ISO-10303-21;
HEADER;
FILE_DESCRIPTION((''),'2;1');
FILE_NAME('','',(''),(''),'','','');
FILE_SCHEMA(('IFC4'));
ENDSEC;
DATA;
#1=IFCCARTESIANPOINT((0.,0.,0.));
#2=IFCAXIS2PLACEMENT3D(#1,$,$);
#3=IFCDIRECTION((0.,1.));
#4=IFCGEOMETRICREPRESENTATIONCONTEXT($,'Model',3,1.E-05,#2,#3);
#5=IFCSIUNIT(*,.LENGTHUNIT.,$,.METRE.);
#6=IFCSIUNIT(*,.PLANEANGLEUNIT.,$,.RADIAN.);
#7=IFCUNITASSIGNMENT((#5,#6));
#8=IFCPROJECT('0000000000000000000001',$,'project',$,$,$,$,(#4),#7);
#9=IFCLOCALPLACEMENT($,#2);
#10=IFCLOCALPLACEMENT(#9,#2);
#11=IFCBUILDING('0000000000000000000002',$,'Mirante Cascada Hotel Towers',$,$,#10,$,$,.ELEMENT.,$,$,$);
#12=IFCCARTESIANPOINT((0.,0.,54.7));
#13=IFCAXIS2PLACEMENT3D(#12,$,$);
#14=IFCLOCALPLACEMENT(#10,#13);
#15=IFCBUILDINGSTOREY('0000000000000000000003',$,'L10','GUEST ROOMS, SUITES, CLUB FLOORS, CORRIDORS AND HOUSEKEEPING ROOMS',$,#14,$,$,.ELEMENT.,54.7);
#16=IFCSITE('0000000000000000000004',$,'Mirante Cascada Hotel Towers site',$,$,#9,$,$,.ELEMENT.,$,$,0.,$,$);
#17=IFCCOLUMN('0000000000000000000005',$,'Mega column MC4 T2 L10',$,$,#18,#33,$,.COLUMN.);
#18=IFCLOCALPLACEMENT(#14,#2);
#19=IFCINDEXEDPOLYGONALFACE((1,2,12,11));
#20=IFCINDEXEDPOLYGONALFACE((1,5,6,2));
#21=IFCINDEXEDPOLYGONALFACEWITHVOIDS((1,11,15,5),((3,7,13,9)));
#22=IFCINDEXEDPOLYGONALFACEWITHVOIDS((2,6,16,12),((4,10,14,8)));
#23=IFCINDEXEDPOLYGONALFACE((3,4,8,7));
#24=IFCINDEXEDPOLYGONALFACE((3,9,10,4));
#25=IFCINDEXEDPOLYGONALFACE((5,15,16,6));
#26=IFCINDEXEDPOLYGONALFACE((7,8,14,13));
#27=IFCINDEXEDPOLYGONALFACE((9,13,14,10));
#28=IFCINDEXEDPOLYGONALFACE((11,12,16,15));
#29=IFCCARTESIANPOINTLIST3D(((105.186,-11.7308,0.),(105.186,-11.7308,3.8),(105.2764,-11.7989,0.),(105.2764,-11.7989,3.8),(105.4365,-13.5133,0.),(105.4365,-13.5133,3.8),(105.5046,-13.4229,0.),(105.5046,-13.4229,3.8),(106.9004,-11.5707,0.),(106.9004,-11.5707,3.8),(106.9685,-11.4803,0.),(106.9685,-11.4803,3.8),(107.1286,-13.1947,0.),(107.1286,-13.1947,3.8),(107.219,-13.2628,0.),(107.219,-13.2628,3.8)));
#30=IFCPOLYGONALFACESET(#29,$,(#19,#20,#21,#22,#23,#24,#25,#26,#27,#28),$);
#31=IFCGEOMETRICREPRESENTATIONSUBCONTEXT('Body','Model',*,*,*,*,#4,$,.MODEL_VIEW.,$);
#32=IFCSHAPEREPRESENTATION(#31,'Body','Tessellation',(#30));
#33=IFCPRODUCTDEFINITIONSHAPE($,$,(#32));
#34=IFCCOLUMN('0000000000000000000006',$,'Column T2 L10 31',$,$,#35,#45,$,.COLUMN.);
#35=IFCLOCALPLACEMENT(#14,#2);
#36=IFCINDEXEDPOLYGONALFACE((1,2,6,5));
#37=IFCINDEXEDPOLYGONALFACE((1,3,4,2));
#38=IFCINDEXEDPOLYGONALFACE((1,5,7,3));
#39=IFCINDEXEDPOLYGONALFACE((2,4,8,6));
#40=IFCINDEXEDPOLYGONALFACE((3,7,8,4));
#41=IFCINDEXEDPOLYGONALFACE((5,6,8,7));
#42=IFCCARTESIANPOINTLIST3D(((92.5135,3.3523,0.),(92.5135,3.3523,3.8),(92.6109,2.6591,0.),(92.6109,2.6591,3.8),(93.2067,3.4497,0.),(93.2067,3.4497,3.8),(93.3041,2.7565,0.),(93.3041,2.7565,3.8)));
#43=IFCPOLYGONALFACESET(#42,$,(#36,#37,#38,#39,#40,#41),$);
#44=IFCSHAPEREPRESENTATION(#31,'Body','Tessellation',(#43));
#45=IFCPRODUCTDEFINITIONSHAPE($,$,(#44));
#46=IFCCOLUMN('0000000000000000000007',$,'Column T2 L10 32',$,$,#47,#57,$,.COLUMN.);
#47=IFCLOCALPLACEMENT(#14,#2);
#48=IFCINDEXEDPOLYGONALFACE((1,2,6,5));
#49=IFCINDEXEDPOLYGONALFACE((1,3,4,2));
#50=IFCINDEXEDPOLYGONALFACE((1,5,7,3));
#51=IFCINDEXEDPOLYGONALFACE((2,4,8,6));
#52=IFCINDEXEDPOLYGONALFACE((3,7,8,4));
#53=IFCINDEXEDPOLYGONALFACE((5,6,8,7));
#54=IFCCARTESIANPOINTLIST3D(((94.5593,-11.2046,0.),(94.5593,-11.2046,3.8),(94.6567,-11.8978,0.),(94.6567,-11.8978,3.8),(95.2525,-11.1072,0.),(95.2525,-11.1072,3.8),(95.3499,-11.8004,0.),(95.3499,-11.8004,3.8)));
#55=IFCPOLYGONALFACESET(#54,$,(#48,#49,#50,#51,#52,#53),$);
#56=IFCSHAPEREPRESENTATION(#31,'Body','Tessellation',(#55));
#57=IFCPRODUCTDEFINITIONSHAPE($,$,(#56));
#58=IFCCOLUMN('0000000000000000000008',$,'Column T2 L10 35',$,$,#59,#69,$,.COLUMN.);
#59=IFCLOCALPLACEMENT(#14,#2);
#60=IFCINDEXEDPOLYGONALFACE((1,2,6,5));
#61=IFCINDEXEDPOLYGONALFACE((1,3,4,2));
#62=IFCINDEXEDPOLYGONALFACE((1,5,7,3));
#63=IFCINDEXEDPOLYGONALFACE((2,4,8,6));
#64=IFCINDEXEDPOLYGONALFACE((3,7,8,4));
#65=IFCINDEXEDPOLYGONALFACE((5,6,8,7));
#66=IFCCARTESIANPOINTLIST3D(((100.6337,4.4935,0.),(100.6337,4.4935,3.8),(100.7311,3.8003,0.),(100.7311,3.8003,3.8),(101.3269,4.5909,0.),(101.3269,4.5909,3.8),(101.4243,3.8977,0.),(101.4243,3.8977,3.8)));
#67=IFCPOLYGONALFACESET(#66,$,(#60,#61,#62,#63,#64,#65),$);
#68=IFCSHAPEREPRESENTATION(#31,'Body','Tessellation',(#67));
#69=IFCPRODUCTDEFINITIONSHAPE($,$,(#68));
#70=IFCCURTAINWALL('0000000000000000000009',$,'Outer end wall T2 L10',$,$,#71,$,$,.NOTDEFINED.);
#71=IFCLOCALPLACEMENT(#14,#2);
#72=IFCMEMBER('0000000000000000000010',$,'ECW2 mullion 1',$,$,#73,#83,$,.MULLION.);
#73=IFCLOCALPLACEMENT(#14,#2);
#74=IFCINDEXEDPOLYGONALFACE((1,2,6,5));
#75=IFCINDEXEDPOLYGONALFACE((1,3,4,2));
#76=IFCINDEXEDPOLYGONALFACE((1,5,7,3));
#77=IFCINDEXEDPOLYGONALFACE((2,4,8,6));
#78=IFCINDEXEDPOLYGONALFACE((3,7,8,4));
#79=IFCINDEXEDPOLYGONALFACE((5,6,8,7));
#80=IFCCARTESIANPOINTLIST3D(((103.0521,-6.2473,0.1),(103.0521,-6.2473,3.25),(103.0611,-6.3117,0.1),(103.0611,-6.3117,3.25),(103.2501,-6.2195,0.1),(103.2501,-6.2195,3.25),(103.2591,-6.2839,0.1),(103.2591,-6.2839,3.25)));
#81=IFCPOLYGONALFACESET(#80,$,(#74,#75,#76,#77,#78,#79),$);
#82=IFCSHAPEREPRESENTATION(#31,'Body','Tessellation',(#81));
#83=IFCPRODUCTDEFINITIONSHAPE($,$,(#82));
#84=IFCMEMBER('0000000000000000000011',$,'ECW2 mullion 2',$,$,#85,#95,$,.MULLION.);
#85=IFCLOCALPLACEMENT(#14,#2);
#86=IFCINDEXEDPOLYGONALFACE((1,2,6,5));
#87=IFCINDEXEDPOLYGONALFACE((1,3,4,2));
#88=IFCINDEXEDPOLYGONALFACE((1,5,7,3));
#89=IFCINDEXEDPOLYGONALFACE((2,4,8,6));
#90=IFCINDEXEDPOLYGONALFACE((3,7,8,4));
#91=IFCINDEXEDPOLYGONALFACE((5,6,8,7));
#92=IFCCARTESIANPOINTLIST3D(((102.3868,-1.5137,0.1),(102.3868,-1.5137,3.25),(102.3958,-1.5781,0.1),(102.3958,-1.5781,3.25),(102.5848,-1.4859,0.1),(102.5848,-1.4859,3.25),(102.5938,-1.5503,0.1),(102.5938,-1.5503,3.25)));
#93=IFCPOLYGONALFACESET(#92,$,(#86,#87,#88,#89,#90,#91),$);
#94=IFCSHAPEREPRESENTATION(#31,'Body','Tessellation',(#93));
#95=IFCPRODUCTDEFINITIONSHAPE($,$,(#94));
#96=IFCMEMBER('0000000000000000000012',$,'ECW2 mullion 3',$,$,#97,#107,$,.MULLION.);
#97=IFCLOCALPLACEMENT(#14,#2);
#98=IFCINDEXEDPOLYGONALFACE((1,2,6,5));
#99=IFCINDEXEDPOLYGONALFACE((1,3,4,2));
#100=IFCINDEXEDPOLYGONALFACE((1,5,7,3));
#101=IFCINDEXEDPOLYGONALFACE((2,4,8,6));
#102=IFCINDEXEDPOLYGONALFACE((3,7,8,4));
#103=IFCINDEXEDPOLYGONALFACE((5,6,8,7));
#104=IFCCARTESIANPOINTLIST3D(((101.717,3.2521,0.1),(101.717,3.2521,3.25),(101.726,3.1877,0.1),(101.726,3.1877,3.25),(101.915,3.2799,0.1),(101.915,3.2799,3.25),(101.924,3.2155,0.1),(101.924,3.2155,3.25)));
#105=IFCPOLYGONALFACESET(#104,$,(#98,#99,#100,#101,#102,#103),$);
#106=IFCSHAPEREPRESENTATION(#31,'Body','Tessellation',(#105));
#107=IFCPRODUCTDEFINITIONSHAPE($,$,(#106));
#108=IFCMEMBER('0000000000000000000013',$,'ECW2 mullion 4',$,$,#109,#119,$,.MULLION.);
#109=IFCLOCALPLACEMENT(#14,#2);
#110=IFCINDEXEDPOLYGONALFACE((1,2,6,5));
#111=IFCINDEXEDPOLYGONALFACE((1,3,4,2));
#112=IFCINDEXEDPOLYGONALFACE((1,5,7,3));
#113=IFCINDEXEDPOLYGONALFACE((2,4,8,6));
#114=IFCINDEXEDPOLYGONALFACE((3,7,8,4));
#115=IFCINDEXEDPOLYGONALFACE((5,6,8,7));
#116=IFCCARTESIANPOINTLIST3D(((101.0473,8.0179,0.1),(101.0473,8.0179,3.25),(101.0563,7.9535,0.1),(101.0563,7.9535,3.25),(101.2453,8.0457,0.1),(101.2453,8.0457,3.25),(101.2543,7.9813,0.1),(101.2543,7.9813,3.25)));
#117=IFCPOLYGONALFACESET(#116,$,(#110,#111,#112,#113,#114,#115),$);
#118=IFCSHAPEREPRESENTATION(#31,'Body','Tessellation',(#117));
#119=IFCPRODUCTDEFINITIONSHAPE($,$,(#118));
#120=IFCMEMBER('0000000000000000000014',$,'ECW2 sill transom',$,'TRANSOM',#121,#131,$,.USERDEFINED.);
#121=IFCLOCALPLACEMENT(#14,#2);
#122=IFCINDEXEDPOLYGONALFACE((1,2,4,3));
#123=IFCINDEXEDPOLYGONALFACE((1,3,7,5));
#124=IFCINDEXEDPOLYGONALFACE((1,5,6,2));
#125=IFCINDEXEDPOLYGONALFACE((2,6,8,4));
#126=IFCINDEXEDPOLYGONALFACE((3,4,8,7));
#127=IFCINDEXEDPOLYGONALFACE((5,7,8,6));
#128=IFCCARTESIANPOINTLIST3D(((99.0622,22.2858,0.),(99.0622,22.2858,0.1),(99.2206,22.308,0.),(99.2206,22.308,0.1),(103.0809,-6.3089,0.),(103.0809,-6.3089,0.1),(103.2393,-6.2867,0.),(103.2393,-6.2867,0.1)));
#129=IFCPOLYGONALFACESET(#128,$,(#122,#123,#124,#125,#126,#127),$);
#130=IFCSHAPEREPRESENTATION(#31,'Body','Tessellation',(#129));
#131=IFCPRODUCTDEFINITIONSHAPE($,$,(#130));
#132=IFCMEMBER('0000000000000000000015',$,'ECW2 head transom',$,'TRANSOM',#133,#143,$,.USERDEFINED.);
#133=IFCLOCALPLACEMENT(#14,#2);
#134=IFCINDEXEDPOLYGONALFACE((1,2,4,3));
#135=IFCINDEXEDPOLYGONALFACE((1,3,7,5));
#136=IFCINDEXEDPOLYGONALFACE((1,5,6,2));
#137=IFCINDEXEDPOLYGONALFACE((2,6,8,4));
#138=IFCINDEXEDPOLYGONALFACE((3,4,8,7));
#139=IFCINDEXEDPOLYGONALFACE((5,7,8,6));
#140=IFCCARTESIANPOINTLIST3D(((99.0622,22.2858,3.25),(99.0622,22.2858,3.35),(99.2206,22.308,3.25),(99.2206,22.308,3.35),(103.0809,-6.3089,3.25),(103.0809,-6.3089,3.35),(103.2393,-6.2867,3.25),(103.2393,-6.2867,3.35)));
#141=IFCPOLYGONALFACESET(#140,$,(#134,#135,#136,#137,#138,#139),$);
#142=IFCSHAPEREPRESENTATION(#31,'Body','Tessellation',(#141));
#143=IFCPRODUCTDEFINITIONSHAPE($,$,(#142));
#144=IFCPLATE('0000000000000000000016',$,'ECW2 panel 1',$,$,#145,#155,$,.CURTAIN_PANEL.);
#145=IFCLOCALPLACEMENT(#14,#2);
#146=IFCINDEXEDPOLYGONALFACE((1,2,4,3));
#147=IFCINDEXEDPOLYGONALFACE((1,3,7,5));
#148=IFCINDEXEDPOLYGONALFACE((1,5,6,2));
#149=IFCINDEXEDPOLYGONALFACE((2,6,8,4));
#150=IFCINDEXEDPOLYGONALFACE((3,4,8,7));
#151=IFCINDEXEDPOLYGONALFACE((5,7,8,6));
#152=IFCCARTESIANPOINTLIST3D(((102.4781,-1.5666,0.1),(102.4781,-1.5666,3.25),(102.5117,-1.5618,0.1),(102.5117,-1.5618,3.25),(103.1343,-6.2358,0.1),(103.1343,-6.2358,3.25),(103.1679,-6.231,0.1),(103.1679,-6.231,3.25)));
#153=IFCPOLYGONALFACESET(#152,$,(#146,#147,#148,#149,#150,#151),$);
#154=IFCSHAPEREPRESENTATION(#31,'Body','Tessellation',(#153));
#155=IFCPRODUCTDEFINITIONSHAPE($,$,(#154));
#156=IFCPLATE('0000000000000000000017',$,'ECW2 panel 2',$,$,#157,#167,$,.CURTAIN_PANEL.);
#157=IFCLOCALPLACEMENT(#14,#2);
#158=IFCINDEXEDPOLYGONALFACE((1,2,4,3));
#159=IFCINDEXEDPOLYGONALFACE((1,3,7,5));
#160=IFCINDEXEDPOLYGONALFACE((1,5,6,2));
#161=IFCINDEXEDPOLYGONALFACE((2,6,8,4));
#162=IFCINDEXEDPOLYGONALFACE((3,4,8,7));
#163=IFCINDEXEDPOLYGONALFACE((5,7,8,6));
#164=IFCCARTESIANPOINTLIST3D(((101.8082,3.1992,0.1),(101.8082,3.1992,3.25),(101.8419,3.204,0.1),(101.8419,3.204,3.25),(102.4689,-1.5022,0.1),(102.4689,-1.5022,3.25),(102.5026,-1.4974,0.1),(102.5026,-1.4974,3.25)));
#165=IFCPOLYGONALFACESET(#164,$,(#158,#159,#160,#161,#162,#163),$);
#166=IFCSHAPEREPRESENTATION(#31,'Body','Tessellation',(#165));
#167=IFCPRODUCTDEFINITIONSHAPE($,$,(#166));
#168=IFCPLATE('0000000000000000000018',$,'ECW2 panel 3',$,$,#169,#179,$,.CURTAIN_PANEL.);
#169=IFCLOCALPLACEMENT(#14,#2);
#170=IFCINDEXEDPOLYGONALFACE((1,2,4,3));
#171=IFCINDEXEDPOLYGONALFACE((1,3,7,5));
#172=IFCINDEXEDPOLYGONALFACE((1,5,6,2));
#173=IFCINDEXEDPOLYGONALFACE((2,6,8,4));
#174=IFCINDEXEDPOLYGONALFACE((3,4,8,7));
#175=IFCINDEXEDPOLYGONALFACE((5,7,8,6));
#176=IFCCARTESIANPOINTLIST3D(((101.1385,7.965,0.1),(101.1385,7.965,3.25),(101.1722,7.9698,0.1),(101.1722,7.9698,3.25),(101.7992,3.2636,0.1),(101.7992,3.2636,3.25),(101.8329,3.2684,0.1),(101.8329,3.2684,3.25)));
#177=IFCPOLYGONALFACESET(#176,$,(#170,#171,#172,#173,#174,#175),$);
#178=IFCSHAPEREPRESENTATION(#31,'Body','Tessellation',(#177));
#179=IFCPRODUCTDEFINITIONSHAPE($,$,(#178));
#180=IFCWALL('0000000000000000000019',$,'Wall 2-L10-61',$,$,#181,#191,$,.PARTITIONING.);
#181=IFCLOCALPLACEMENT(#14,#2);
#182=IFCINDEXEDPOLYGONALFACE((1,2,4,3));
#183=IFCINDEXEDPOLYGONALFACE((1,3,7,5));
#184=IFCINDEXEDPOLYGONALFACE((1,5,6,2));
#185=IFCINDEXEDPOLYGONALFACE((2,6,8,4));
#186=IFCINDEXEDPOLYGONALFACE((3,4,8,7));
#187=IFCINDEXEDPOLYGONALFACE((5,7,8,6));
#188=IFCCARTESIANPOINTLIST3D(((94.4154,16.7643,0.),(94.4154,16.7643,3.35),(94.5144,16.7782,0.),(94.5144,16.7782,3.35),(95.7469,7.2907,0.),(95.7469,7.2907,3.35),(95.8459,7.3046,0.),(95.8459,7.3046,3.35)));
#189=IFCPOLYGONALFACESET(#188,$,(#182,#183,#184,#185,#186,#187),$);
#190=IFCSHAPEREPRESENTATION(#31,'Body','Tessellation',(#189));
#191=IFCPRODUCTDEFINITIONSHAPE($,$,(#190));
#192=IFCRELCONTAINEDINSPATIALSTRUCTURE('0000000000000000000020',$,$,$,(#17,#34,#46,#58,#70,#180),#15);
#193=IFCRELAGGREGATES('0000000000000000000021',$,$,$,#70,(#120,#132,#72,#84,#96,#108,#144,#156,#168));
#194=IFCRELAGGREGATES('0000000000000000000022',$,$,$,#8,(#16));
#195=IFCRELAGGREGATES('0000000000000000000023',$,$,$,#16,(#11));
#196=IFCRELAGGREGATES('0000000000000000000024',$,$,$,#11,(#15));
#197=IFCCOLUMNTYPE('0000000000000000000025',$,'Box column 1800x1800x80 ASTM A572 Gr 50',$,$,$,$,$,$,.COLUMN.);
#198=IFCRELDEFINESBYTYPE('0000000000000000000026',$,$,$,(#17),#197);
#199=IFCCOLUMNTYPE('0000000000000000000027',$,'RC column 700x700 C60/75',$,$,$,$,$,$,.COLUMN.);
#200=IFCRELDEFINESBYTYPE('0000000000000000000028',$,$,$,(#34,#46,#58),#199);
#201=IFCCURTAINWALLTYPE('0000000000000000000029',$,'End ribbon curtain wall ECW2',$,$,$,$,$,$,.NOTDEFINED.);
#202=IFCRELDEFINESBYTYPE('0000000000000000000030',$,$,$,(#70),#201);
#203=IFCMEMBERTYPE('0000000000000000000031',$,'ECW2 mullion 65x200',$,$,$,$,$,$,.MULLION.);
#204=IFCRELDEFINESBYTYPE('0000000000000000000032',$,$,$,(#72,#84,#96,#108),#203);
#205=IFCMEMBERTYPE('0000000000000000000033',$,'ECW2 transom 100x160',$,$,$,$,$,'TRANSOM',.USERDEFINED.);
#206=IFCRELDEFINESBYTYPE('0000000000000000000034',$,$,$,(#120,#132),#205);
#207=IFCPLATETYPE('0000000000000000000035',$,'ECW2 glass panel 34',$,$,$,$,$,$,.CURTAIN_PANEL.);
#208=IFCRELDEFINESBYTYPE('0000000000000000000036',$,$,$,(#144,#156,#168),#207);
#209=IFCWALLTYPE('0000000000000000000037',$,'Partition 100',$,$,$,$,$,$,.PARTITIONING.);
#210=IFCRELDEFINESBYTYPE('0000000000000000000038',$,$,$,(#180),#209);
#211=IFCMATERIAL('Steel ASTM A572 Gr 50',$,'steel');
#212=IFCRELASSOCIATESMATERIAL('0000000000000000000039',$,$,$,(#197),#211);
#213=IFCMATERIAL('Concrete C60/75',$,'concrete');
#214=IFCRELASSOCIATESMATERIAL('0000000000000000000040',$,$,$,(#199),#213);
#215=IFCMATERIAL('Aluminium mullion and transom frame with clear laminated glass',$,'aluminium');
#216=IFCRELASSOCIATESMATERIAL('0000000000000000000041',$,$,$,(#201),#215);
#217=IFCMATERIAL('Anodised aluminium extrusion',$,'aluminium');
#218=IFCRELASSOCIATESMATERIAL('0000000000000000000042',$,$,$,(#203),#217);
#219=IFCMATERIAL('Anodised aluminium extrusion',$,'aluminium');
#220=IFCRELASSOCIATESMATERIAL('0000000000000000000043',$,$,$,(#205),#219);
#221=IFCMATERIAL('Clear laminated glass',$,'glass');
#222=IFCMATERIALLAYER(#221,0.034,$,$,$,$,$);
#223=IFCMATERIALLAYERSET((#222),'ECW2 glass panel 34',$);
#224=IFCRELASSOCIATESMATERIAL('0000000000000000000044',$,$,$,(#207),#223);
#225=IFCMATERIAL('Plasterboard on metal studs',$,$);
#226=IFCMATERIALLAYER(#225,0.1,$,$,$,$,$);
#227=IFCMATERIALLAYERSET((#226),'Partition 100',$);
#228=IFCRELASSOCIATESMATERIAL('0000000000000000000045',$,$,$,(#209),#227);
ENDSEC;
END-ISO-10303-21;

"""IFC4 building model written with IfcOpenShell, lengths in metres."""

from ifc_helpers import new_model, si_unit, direction, frame, frame_2d, origin, origin_2d, place, context, subcontext, project, spatial, rectangle, hollow_rectangle, extrude, material, layer, layer_set, material_profile, profile_set, type_object, element, aggregate, save


model = new_model("IFC4")

# Units and contexts
model_context = context("Model", 3, precision=1e-05, world=origin(), true_north=direction((0.0, 1.0)))
body_context = subcontext(model_context, "Body", "Model", "MODEL_VIEW")
ifc_project = project(units=[si_unit("LENGTHUNIT", "METRE"), si_unit("PLANEANGLEUNIT", "RADIAN")], contexts=[model_context])

# Site, building, storey
site_placement = place(None, origin())
site = spatial("IfcSite", under=ifc_project, at=site_placement, Name="Mirante Cascada Hotel Towers site", CompositionType="ELEMENT", RefElevation=0.0)
building_placement = place(site_placement, origin())
building = spatial("IfcBuilding", under=site, at=building_placement, Name="Mirante Cascada Hotel Towers", CompositionType="ELEMENT")
storey_placement = place(building_placement, frame((0.0, 0.0, 54.7)))
storey = spatial("IfcBuildingStorey", under=building, at=storey_placement, Name="L10", Description="GUEST ROOMS, SUITES, CLUB FLOORS, CORRIDORS AND HOUSEKEEPING ROOMS", CompositionType="ELEMENT", Elevation=54.7)

# Columns
ifc_material_1 = material(Name="Steel ASTM A572 Gr 50", Category="steel")
ifc_material_profile_1 = material_profile(ifc_material_1, hollow_rectangle(XDim=1.8, YDim=1.8, WallThickness=0.08, at=origin_2d()), Name="Box column 1800x1800x80 ASTM A572 Gr 50")
ifc_profile_set_1 = profile_set([ifc_material_profile_1], Name="Steel ASTM A572 Gr 50")
column_type_1 = type_object("IfcColumnType", Name="Box column 1800x1800x80 ASTM A572 Gr 50", PredefinedType="COLUMN", material=ifc_profile_set_1)
column_placement = place(storey_placement, frame((106.2025, -12.4968, 0.0), z_axis=(0.0, 0.0, 1.0), x_axis=(0.990268, 0.139173, 0.0)))
element("IfcColumn", 1, at=column_placement, inside=storey, type_object=column_type_1, Name="Mega column MC4 T2 L10", PredefinedType="COLUMN", context=body_context, shape_type="SweptSolid", body=[
    extrude(hollow_rectangle(XDim=1.8, YDim=1.8, WallThickness=0.08, at=origin_2d()), origin(), (0.0, 0.0, 1.0), 3.8),
])
ifc_material_2 = material(Name="Concrete C60/75", Category="concrete")
ifc_material_profile_2 = material_profile(ifc_material_2, rectangle(XDim=0.7, YDim=0.7, at=origin_2d()), Name="RC column 700x700 C60/75")
ifc_profile_set_2 = profile_set([ifc_material_profile_2], Name="Concrete C60/75")
column_type_2 = type_object("IfcColumnType", Name="RC column 700x700 C60/75", PredefinedType="COLUMN", material=ifc_profile_set_2)
for number, where, z_axis, x_axis, name in (
    (2, (92.9088, 3.0544, 0.0), (0.0, 0.0, 1.0), (0.990268, 0.139173, 0.0), "Column T2 L10 31"),
    (3, (94.9546, -11.5025, 0.0), (0.0, 0.0, 1.0), (0.990268, 0.139173, 0.0), "Column T2 L10 32"),
    (4, (101.029, 4.1956, 0.0), (0.0, 0.0, 1.0), (0.990268, 0.139173, 0.0), "Column T2 L10 35"),
):
    element("IfcColumn", number, at=place(storey_placement, frame(where, z_axis=z_axis, x_axis=x_axis)), inside=storey, type_object=column_type_2, Name=name, PredefinedType="COLUMN", context=body_context, shape_type="SweptSolid", body=[
        extrude(rectangle(XDim=0.7, YDim=0.7, at=origin_2d()), origin(), (0.0, 0.0, 1.0), 3.8),
    ])

# Curtain wall, members, plates
ifc_material_3 = material(Name="Aluminium mullion and transom frame with clear laminated glass", Category="aluminium")
curtain_wall_type = type_object("IfcCurtainWallType", Name="End ribbon curtain wall ECW2", PredefinedType="NOTDEFINED", material=ifc_material_3)
curtain_wall_placement = place(storey_placement, origin())
curtain_wall = element("IfcCurtainWall", 5, at=curtain_wall_placement, inside=storey, type_object=curtain_wall_type, Name="Outer end wall T2 L10", PredefinedType="NOTDEFINED")
ifc_material_4 = material(Name="Anodised aluminium extrusion", Category="aluminium")
ifc_material_profile_3 = material_profile(ifc_material_4, rectangle(XDim=0.2, YDim=0.065, at=origin_2d()), Name="ECW2 MULLION 65x200")
ifc_profile_set_3 = profile_set([ifc_material_profile_3], Name="Anodised aluminium extrusion")
member_type_1 = type_object("IfcMemberType", Name="ECW2 mullion 65x200", PredefinedType="MULLION", material=ifc_profile_set_3)
member_1_placement = place(storey_placement, frame((103.1556, -6.2656, 0.1), z_axis=(0.0, 0.0, 1.0), x_axis=(-0.990268, -0.139173, 0.0)))
member_1 = element("IfcMember", 6, at=member_1_placement, type_object=member_type_1, Name="ECW2 mullion 1", PredefinedType="MULLION", context=body_context, shape_type="SweptSolid", body=[
    extrude(rectangle(XDim=0.2, YDim=0.065, at=origin_2d()), origin(), (0.0, 0.0, 1.0), 3.15),
])
member_2_placement = place(storey_placement, frame((102.4903, -1.532, 0.1), z_axis=(0.0, 0.0, 1.0), x_axis=(-0.990268, -0.139173, 0.0)))
member_2 = element("IfcMember", 7, at=member_2_placement, type_object=member_type_1, Name="ECW2 mullion 2", PredefinedType="MULLION", context=body_context, shape_type="SweptSolid", body=[
    extrude(rectangle(XDim=0.2, YDim=0.065, at=origin_2d()), origin(), (0.0, 0.0, 1.0), 3.15),
])
member_3_placement = place(storey_placement, frame((101.8205, 3.2338, 0.1), z_axis=(0.0, 0.0, 1.0), x_axis=(-0.990268, -0.139173, 0.0)))
member_3 = element("IfcMember", 8, at=member_3_placement, type_object=member_type_1, Name="ECW2 mullion 3", PredefinedType="MULLION", context=body_context, shape_type="SweptSolid", body=[
    extrude(rectangle(XDim=0.2, YDim=0.065, at=origin_2d()), origin(), (0.0, 0.0, 1.0), 3.15),
])
member_4_placement = place(storey_placement, frame((101.1508, 7.9996, 0.1), z_axis=(0.0, 0.0, 1.0), x_axis=(-0.990268, -0.139173, 0.0)))
member_4 = element("IfcMember", 9, at=member_4_placement, type_object=member_type_1, Name="ECW2 mullion 4", PredefinedType="MULLION", context=body_context, shape_type="SweptSolid", body=[
    extrude(rectangle(XDim=0.2, YDim=0.065, at=origin_2d()), origin(), (0.0, 0.0, 1.0), 3.15),
])
ifc_material_5 = material(Name="Anodised aluminium extrusion", Category="aluminium")
ifc_material_profile_4 = material_profile(ifc_material_5, rectangle(XDim=0.16, YDim=0.1, at=origin_2d()), Name="ECW2 TRANSOM 100x160")
ifc_profile_set_4 = profile_set([ifc_material_profile_4], Name="Anodised aluminium extrusion")
member_type_2 = type_object("IfcMemberType", Name="ECW2 transom 100x160", ElementType="TRANSOM", PredefinedType="USERDEFINED", material=ifc_profile_set_4)
member_5_placement = place(storey_placement, frame((103.1601, -6.2978, 0.05), z_axis=(-0.139172, 0.990268, 0.0), x_axis=(-0.990268, -0.139172, 0.0)))
member_5 = element("IfcMember", 10, at=member_5_placement, type_object=member_type_2, Name="ECW2 sill transom", ObjectType="TRANSOM", PredefinedType="USERDEFINED", context=body_context, shape_type="SweptSolid", body=[
    extrude(rectangle(XDim=0.16, YDim=0.1, at=origin_2d()), origin(), (0.0, 0.0, 1.0), 28.8757),
])
member_6_placement = place(storey_placement, frame((103.1601, -6.2978, 3.3), z_axis=(-0.139172, 0.990268, 0.0), x_axis=(-0.990268, -0.139172, 0.0)))
member_6 = element("IfcMember", 11, at=member_6_placement, type_object=member_type_2, Name="ECW2 head transom", ObjectType="TRANSOM", PredefinedType="USERDEFINED", context=body_context, shape_type="SweptSolid", body=[
    extrude(rectangle(XDim=0.16, YDim=0.1, at=origin_2d()), origin(), (0.0, 0.0, 1.0), 28.8757),
])
ifc_material_6 = material(Name="Clear laminated glass", Category="glass")
ifc_layer_1 = layer(ifc_material_6, 0.034)
ifc_layer_set_1 = layer_set([ifc_layer_1], Name="ECW2 glass panel 34")
plate_type = type_object("IfcPlateType", Name="ECW2 glass panel 34", PredefinedType="CURTAIN_PANEL", material=ifc_layer_set_1)
plate_1_placement = place(storey_placement, frame((102.823, -3.8988, 0.1), z_axis=(0.0, 0.0, 1.0), x_axis=(-0.139173, 0.990268, 0.0)))
plate_1 = element("IfcPlate", 12, at=plate_1_placement, type_object=plate_type, Name="ECW2 panel 1", PredefinedType="CURTAIN_PANEL", context=body_context, shape_type="SweptSolid", body=[
    extrude(rectangle(XDim=4.7151, YDim=0.034, at=origin_2d()), origin(), (0.0, 0.0, 1.0), 3.15),
])
plate_2_placement = place(storey_placement, frame((102.1554, 0.8509, 0.1), z_axis=(0.0, 0.0, 1.0), x_axis=(-0.139173, 0.990268, 0.0)))
plate_2 = element("IfcPlate", 13, at=plate_2_placement, type_object=plate_type, Name="ECW2 panel 2", PredefinedType="CURTAIN_PANEL", context=body_context, shape_type="SweptSolid", body=[
    extrude(rectangle(XDim=4.7476, YDim=0.034, at=origin_2d()), origin(), (0.0, 0.0, 1.0), 3.15),
])
plate_3_placement = place(storey_placement, frame((101.4857, 5.6167, 0.1), z_axis=(0.0, 0.0, 1.0), x_axis=(-0.139173, 0.990268, 0.0)))
plate_3 = element("IfcPlate", 14, at=plate_3_placement, type_object=plate_type, Name="ECW2 panel 3", PredefinedType="CURTAIN_PANEL", context=body_context, shape_type="SweptSolid", body=[
    extrude(rectangle(XDim=4.7476, YDim=0.034, at=origin_2d()), origin(), (0.0, 0.0, 1.0), 3.15),
])
aggregate(curtain_wall, [member_5, member_6, member_1, member_2, member_3, member_4, plate_1, plate_2, plate_3])

# Wall
ifc_material_7 = material(Name="Plasterboard on metal studs")
ifc_layer_2 = layer(ifc_material_7, 0.1)
ifc_layer_set_2 = layer_set([ifc_layer_2], Name="Partition 100")
wall_type_1 = type_object("IfcWallType", Name="Partition 100", PredefinedType="PARTITIONING", material=ifc_layer_set_2)
wall_1_placement = place(storey_placement, frame((95.7964, 7.2976, 0.0), z_axis=(0.0, 0.0, 1.0), x_axis=(-0.139181, 0.990267, 0.0)))
element("IfcWall", 15, at=wall_1_placement, inside=storey, type_object=wall_type_1, Name="Wall 2-L10-61", PredefinedType="PARTITIONING", context=body_context, shape_type="SweptSolid", body=[
    extrude(rectangle(XDim=9.5667, YDim=0.1, at=frame_2d((4.7834, 0.0))), origin(), (0.0, 0.0, 1.0), 3.35),
])

save(model, "model.ifc")
